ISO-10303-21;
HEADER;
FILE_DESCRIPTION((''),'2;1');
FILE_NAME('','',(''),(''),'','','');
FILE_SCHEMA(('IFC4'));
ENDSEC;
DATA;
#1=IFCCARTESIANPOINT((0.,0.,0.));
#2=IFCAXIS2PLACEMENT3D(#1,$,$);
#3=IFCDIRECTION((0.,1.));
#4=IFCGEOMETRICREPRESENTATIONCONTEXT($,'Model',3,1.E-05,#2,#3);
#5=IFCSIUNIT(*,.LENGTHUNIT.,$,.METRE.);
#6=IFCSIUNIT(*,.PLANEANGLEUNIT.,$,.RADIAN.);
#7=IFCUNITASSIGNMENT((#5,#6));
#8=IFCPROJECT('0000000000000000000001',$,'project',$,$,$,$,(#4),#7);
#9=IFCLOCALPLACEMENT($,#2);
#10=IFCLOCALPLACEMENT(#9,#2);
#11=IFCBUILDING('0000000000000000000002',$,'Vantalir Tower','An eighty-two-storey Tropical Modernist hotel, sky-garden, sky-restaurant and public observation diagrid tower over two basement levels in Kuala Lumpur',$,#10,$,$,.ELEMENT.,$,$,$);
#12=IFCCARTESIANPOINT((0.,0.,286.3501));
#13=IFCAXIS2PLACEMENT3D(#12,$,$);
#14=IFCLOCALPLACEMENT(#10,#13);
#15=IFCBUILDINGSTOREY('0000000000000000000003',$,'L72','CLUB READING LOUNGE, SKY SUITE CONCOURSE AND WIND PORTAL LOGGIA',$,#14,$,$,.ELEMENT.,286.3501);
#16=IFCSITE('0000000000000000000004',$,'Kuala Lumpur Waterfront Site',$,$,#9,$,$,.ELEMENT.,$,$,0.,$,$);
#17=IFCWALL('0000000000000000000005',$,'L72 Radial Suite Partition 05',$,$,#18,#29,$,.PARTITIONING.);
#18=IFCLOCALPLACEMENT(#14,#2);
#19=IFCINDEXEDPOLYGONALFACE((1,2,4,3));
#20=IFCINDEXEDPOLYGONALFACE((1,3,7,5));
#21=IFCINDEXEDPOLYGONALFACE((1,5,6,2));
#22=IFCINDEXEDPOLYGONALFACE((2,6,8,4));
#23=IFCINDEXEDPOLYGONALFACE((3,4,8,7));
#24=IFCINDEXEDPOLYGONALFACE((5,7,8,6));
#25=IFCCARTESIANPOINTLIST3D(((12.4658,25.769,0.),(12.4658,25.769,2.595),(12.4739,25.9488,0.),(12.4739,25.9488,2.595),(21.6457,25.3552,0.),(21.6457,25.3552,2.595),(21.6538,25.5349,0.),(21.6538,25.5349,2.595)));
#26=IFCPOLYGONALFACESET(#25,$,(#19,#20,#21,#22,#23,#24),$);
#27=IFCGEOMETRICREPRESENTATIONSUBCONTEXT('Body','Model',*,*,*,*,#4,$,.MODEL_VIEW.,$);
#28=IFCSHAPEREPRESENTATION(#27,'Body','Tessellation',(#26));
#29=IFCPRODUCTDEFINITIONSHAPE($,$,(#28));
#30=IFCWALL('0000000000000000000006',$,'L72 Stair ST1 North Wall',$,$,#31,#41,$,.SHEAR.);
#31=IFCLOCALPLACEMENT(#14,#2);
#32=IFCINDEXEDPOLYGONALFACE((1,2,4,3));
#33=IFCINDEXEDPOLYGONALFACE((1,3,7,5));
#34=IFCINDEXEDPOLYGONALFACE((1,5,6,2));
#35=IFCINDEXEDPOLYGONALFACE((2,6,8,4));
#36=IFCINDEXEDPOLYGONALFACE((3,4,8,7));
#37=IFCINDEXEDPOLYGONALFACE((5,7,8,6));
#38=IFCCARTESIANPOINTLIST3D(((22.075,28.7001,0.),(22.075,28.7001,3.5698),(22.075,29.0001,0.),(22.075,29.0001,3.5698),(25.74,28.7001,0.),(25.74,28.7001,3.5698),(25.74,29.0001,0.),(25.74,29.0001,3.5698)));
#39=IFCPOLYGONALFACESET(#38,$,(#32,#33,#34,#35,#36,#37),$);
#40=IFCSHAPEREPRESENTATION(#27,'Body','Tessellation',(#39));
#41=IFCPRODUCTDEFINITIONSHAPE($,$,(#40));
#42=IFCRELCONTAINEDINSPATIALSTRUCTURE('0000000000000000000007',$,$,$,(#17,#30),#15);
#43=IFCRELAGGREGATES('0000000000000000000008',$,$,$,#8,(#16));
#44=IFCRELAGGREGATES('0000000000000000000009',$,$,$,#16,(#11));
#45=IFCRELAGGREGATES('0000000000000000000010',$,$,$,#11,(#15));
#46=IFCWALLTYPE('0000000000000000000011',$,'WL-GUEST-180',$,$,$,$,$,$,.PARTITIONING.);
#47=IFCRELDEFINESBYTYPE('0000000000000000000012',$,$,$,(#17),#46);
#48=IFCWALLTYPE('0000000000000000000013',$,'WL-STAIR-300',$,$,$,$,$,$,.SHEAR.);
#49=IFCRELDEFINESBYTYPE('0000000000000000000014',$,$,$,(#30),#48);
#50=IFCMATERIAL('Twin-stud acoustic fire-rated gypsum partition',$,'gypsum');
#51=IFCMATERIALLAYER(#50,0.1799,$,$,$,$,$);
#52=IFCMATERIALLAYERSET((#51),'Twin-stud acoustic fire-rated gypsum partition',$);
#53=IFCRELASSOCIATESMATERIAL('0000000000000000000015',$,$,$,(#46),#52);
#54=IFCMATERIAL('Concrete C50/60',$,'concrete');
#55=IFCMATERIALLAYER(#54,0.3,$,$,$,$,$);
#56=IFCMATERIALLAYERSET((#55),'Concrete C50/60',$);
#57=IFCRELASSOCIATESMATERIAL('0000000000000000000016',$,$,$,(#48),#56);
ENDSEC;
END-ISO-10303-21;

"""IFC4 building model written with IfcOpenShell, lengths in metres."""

from ifc_helpers import new_model, si_unit, direction, frame, frame_2d, origin, place, context, subcontext, project, spatial, rectangle, extrude, material, layer, layer_set, type_object, element, save


model = new_model("IFC4")

# Units and contexts
model_context = context("Model", 3, precision=1e-05, world=origin(), true_north=direction((0.0, 1.0)))
body_context = subcontext(model_context, "Body", "Model", "MODEL_VIEW")
ifc_project = project(units=[si_unit("LENGTHUNIT", "METRE"), si_unit("PLANEANGLEUNIT", "RADIAN")], contexts=[model_context])

# Site, building, storey
site_placement = place(None, origin())
site = spatial("IfcSite", under=ifc_project, at=site_placement, Name="Kuala Lumpur Waterfront Site", CompositionType="ELEMENT", RefElevation=0.0)
building_placement = place(site_placement, origin())
building = spatial("IfcBuilding", under=site, at=building_placement, Name="Vantalir Tower", Description="An eighty-two-storey Tropical Modernist hotel, sky-garden, sky-restaurant and public observation diagrid tower over two basement levels in Kuala Lumpur", CompositionType="ELEMENT")
storey_placement = place(building_placement, frame((0.0, 0.0, 286.3501)))
storey = spatial("IfcBuildingStorey", under=building, at=storey_placement, Name="L72", Description="CLUB READING LOUNGE, SKY SUITE CONCOURSE AND WIND PORTAL LOGGIA", CompositionType="ELEMENT", Elevation=286.3501)

# Walls
ifc_material_1 = material(Name="Twin-stud acoustic fire-rated gypsum partition", Category="gypsum")
ifc_layer_1 = layer(ifc_material_1, 0.1799)
ifc_layer_set_1 = layer_set([ifc_layer_1], Name="Twin-stud acoustic fire-rated gypsum partition")
wall_type_1 = type_object("IfcWallType", Name="WL-GUEST-180", PredefinedType="PARTITIONING", material=ifc_layer_set_1)
wall_1_placement = place(storey_placement, frame((21.6499, 25.4451, 0.0), z_axis=(0.0, 0.0, 1.0), x_axis=(-0.998986, 0.045033, 0.0)))
element("IfcWall", 1, at=wall_1_placement, inside=storey, type_object=wall_type_1, Name="L72 Radial Suite Partition 05", PredefinedType="PARTITIONING", context=body_context, shape_type="SweptSolid", body=[
    extrude(rectangle(XDim=9.1892, YDim=0.1799, at=frame_2d((4.5947, 0.0))), origin(), (0.0, 0.0, 1.0), 2.595),
])
ifc_material_2 = material(Name="Concrete C50/60", Category="concrete")
ifc_layer_2 = layer(ifc_material_2, 0.3)
ifc_layer_set_2 = layer_set([ifc_layer_2], Name="Concrete C50/60")
wall_type_2 = type_object("IfcWallType", Name="WL-STAIR-300", PredefinedType="SHEAR", material=ifc_layer_set_2)
wall_2_placement = place(storey_placement, frame((22.075, 28.8501, 0.0), z_axis=(0.0, 0.0, 1.0), x_axis=(1.0, 0.0, 0.0)))
element("IfcWall", 2, at=wall_2_placement, inside=storey, type_object=wall_type_2, Name="L72 Stair ST1 North Wall", PredefinedType="SHEAR", context=body_context, shape_type="SweptSolid", body=[
    extrude(rectangle(XDim=3.665, YDim=0.3, at=frame_2d((1.8325, 0.0))), origin(), (0.0, 0.0, 1.0), 3.5698),
])

save(model, "model.ifc")
